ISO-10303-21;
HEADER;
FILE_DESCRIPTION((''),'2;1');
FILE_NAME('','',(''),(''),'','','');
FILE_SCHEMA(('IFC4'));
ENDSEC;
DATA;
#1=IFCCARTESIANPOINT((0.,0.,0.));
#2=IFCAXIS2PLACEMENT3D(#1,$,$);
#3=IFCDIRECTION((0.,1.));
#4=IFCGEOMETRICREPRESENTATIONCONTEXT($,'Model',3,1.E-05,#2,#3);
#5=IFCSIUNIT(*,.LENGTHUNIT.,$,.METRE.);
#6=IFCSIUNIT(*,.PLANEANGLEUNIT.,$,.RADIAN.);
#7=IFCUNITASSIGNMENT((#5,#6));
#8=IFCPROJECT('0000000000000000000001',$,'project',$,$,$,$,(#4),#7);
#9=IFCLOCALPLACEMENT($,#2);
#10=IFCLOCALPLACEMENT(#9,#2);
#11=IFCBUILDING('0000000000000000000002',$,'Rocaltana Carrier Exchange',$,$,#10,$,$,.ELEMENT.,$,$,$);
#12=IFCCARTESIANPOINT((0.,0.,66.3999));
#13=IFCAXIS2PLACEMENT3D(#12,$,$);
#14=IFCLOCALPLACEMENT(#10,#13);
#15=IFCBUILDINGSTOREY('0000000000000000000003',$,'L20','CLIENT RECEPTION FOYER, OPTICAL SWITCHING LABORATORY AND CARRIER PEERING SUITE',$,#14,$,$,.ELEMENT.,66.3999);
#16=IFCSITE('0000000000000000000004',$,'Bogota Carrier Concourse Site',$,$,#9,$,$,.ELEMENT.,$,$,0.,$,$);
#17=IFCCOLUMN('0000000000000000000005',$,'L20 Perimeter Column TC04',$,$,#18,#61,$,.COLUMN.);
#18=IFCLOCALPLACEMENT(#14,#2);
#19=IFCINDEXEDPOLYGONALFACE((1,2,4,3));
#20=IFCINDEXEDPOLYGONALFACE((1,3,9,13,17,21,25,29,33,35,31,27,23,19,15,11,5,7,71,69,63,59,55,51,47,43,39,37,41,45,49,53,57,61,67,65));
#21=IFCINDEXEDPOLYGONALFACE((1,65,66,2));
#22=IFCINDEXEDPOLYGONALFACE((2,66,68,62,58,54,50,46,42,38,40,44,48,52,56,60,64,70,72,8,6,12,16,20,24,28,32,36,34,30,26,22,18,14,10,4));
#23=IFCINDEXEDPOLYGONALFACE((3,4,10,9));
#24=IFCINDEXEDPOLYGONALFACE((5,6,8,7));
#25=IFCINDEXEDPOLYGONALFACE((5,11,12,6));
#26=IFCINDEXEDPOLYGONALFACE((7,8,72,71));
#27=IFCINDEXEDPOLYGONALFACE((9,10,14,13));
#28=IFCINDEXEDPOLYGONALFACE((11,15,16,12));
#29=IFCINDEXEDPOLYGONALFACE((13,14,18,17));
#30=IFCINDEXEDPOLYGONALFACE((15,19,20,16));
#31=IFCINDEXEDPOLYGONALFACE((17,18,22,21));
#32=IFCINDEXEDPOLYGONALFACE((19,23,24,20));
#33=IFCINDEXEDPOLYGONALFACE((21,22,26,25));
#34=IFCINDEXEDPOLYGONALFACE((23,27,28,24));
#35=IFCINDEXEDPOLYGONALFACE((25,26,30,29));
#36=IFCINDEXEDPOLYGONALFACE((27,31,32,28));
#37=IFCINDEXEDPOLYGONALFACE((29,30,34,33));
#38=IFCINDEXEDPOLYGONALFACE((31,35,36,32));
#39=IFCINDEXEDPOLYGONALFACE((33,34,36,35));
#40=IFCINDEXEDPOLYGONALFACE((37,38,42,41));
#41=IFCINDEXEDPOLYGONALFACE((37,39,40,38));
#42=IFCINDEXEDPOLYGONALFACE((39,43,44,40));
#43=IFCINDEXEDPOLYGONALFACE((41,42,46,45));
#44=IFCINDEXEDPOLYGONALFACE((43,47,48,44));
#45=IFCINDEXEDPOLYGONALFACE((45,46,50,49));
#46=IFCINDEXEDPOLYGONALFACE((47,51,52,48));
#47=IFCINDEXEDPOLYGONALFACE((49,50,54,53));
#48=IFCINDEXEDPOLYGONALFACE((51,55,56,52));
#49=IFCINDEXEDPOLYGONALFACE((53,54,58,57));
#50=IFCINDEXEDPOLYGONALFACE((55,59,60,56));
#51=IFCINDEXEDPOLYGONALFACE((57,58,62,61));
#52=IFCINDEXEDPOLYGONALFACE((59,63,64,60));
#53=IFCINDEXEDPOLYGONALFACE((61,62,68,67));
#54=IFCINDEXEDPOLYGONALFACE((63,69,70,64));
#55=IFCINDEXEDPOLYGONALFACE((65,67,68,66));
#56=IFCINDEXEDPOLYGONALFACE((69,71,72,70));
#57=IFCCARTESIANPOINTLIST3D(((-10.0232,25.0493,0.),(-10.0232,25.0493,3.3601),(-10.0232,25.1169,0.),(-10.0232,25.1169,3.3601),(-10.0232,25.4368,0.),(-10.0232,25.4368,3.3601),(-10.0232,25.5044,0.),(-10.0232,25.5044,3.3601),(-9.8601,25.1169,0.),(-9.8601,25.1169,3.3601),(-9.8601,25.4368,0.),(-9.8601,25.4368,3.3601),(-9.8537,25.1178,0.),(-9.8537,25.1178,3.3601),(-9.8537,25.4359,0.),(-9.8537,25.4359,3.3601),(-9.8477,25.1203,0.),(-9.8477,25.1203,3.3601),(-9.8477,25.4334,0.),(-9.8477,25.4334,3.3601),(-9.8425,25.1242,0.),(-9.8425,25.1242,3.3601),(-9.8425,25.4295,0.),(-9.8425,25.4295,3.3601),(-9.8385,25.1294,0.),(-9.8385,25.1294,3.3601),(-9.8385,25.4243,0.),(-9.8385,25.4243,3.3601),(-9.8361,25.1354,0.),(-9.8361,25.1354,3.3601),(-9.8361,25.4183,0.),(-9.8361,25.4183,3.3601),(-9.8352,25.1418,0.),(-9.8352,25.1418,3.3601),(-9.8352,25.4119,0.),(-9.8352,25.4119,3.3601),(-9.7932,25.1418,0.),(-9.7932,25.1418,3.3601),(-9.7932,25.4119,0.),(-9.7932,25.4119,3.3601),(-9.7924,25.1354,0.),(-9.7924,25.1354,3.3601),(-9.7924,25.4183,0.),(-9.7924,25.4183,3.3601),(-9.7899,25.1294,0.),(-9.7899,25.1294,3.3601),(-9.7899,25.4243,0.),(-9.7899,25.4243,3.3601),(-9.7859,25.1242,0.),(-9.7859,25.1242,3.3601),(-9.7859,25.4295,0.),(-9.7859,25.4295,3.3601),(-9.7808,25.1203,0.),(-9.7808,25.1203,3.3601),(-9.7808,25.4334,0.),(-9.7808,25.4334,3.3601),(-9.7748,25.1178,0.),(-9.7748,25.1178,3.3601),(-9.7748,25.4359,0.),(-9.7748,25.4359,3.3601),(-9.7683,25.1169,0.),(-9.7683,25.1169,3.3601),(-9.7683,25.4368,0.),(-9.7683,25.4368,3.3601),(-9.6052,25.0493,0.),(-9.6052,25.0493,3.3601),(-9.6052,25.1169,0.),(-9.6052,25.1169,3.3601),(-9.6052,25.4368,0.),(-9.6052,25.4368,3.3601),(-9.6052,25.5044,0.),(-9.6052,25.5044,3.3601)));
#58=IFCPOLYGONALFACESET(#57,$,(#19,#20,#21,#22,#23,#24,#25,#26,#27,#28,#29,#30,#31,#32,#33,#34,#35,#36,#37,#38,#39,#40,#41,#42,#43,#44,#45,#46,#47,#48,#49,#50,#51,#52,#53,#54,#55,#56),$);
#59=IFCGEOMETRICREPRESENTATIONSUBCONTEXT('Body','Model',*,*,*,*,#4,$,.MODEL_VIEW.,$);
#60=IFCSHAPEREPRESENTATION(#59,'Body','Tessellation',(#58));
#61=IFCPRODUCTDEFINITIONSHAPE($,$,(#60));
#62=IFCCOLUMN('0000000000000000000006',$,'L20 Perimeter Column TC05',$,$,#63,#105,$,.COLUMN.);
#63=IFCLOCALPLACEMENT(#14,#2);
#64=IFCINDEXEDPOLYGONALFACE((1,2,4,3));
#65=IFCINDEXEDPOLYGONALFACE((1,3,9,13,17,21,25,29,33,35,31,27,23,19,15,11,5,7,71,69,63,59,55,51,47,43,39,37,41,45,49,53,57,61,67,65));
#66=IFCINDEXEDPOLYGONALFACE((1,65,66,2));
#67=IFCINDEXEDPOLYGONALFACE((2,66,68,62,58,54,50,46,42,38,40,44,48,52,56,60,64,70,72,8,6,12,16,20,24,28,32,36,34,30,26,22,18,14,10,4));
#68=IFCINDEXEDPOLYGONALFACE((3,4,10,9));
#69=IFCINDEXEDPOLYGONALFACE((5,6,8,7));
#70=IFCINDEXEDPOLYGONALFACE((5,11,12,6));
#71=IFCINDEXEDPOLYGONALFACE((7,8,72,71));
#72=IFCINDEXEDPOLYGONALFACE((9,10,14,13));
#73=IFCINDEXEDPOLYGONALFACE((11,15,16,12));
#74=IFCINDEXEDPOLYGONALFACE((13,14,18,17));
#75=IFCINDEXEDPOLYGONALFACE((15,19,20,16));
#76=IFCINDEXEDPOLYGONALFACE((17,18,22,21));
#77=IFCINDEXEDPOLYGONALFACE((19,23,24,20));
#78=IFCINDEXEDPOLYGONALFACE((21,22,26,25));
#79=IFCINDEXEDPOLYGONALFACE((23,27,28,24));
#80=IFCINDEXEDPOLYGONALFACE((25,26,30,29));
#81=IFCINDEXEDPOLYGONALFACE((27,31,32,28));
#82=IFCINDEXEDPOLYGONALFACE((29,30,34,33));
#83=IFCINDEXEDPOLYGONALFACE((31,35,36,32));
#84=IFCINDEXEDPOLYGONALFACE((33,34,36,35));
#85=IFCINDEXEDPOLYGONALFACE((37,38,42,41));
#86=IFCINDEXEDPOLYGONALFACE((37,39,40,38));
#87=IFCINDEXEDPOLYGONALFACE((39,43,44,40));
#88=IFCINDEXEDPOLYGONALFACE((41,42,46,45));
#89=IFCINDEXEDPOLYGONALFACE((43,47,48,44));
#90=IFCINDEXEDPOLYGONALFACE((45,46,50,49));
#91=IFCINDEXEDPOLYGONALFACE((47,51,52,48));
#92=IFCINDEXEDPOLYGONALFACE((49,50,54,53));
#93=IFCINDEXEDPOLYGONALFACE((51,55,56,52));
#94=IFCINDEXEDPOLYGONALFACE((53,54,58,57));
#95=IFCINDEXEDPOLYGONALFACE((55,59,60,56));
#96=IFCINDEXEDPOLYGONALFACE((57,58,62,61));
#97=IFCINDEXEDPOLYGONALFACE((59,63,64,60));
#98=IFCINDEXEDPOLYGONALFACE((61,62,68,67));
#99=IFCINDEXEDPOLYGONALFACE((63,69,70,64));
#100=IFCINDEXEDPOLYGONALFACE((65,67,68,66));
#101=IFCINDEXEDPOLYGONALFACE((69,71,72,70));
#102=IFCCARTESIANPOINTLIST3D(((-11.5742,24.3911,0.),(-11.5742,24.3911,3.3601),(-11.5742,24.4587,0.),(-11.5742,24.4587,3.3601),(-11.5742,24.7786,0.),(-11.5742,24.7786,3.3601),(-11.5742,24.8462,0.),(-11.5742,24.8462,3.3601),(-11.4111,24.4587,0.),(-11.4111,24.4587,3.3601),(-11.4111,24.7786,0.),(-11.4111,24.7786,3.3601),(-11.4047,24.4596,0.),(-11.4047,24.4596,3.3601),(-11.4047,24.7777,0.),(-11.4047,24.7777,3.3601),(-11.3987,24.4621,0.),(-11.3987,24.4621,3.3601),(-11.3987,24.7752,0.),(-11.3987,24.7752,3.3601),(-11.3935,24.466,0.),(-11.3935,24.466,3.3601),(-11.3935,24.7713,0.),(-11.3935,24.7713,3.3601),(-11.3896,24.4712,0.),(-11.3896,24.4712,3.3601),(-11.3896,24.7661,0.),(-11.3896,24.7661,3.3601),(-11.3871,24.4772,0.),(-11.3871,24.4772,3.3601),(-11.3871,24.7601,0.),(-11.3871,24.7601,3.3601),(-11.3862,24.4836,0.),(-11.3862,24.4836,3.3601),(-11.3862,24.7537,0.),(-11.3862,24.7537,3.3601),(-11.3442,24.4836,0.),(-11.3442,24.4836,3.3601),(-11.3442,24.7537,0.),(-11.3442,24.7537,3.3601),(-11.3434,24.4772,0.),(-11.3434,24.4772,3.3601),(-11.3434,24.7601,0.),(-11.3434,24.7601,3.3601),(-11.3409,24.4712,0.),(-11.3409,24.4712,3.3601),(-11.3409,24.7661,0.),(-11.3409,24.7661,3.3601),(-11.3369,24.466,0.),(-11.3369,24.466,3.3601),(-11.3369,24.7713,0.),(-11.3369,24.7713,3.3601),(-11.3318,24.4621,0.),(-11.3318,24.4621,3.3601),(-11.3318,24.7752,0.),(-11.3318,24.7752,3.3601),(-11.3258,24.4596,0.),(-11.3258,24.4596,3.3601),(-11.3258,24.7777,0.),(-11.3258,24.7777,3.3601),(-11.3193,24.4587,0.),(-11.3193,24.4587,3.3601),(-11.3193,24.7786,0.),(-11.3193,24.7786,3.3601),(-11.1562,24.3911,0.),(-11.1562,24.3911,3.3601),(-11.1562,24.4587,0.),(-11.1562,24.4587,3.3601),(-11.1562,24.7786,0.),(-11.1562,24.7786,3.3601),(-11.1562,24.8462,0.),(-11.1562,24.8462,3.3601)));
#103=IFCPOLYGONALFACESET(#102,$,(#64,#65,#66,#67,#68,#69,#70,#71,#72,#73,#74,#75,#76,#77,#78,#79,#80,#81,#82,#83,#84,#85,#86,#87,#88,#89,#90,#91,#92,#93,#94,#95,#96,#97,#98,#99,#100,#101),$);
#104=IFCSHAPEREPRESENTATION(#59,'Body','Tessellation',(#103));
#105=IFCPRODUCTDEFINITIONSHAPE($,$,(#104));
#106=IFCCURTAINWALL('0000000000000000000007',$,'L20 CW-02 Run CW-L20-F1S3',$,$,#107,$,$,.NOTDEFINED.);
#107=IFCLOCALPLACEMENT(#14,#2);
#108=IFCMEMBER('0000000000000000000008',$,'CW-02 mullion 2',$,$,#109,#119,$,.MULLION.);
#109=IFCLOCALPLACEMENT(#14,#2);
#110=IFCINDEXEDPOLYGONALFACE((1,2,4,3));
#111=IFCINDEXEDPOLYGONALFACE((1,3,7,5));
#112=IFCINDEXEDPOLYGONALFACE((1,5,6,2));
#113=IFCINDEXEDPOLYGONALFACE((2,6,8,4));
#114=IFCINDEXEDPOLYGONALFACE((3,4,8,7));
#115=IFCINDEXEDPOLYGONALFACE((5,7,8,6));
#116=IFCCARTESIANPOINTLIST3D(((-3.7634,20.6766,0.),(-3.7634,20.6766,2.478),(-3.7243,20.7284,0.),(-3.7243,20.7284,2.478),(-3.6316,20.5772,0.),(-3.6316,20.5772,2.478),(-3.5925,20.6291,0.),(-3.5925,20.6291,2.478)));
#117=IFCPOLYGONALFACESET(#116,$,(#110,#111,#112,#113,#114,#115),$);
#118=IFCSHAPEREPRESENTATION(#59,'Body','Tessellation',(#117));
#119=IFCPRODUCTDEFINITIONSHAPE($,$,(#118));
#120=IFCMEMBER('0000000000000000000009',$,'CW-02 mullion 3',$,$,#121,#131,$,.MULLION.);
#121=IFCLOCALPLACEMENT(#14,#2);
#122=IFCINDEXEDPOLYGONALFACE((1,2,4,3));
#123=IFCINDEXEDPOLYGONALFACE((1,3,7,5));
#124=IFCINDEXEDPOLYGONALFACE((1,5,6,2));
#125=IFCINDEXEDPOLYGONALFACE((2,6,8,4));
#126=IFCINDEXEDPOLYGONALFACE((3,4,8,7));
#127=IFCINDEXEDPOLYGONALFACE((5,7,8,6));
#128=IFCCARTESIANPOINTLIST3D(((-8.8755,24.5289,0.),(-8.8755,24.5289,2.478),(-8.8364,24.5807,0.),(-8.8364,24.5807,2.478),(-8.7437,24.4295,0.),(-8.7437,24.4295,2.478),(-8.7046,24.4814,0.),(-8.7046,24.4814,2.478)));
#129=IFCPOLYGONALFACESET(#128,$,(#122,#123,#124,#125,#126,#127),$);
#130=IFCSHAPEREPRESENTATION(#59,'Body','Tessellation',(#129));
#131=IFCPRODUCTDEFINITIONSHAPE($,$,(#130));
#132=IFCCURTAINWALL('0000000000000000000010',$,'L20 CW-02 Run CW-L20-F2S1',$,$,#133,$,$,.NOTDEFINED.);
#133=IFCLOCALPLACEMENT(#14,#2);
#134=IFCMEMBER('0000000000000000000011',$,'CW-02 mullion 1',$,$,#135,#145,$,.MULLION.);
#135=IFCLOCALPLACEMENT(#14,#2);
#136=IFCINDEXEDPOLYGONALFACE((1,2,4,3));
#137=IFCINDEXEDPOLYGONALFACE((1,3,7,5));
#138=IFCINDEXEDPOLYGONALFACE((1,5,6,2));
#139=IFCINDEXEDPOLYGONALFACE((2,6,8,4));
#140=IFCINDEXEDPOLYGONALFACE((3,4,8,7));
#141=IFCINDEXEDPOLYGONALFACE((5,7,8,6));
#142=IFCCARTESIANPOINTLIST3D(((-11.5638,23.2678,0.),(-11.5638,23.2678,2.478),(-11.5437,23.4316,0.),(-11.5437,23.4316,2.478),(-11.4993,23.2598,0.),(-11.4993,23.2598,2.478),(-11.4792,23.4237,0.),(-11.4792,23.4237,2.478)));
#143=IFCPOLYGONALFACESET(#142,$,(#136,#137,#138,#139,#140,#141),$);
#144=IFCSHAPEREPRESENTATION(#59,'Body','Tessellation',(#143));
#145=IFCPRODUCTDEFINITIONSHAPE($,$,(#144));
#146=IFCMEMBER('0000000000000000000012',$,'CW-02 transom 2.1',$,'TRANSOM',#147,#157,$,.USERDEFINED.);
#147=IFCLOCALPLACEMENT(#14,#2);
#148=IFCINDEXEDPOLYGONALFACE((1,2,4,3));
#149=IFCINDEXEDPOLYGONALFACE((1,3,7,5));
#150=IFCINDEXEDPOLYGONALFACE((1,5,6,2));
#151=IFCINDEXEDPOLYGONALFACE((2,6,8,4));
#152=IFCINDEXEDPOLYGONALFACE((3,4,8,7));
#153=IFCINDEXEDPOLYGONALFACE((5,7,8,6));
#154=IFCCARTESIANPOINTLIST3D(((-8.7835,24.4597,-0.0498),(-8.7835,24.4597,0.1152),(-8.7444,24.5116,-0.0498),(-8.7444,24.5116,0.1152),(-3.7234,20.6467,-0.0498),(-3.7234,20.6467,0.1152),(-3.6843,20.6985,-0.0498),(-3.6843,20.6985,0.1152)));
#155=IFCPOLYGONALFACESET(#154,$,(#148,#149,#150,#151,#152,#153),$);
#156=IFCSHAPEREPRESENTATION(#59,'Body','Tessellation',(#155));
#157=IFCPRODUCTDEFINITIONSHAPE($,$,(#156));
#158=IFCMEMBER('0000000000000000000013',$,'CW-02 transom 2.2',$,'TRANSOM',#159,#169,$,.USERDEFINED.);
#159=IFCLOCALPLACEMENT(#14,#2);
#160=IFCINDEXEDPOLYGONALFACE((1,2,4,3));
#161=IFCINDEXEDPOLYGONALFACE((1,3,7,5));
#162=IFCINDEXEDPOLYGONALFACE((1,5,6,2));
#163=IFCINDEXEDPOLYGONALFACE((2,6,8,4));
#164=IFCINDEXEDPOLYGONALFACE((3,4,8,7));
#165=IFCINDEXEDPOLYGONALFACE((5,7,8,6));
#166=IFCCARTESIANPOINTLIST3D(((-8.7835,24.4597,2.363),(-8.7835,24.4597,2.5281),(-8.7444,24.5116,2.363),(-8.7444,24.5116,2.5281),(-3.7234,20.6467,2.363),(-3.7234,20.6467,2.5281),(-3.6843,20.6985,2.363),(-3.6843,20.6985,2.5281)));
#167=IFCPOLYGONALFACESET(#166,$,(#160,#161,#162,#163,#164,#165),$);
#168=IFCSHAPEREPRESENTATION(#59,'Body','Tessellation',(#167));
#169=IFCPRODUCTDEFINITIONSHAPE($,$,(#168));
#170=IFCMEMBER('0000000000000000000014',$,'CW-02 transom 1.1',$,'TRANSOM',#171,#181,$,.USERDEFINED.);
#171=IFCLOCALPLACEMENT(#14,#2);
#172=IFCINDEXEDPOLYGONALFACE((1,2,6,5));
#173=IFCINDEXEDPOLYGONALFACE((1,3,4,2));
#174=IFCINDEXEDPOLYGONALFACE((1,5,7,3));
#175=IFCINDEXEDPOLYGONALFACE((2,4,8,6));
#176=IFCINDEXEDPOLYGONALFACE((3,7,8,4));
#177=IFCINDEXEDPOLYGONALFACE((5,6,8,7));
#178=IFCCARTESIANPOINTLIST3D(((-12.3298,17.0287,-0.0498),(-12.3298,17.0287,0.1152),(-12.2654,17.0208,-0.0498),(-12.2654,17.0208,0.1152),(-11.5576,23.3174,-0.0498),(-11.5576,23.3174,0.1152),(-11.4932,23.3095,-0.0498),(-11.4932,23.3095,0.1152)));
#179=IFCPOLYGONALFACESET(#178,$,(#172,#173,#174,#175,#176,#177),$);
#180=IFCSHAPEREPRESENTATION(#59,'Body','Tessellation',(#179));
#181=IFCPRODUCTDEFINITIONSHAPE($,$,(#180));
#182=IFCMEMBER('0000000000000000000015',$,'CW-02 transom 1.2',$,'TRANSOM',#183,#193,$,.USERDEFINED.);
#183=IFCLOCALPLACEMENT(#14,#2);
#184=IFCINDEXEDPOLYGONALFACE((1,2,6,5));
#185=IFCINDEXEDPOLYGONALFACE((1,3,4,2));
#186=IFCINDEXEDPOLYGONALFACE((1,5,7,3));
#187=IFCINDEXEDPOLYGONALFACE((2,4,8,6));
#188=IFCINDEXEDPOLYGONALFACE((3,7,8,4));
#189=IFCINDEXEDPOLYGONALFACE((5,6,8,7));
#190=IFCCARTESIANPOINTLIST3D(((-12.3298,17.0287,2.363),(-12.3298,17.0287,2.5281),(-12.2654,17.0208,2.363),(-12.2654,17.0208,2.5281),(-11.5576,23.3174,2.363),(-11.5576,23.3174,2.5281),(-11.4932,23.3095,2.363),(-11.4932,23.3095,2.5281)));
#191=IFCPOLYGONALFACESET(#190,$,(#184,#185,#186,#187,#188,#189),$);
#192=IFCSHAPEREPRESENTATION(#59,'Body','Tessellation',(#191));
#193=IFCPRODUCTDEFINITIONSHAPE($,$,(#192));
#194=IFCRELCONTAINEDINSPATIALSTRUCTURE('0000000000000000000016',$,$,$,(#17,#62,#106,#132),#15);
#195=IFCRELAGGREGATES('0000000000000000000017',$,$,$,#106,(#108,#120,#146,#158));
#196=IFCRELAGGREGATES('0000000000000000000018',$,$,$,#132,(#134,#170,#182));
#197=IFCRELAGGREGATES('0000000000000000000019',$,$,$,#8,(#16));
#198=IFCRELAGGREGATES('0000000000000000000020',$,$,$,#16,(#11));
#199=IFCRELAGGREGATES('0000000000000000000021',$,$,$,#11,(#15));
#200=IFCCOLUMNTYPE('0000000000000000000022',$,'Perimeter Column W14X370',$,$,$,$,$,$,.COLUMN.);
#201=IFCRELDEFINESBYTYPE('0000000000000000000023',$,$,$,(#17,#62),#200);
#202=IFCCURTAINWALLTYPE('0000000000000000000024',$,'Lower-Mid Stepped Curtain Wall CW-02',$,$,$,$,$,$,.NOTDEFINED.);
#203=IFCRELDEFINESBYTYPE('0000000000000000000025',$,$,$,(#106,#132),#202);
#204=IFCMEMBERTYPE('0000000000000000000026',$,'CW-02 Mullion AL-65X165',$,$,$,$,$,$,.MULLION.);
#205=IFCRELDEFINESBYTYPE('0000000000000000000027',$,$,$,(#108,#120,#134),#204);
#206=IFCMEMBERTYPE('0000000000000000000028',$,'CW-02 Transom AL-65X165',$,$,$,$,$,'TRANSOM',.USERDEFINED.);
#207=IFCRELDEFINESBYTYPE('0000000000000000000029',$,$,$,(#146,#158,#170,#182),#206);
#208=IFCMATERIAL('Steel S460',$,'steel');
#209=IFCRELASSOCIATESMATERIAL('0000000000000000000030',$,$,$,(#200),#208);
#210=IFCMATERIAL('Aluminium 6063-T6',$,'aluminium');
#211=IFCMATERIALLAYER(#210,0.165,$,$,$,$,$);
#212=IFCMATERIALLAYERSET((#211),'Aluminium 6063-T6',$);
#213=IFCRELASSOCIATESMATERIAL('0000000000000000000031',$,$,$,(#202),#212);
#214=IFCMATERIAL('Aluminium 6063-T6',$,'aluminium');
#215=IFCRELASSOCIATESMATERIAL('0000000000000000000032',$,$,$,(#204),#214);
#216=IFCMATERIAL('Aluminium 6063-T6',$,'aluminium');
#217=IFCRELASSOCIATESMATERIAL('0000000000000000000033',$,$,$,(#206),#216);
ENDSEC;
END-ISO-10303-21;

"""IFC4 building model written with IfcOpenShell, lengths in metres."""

from ifc_helpers import new_model, si_unit, direction, frame, origin, origin_2d, place, context, subcontext, project, spatial, rectangle, i_section, extrude, material, layer, layer_set, material_profile, profile_set, type_object, element, aggregate, save


model = new_model("IFC4")

# Units and contexts
model_context = context("Model", 3, precision=1e-05, world=origin(), true_north=direction((0.0, 1.0)))
body_context = subcontext(model_context, "Body", "Model", "MODEL_VIEW")
ifc_project = project(units=[si_unit("LENGTHUNIT", "METRE"), si_unit("PLANEANGLEUNIT", "RADIAN")], contexts=[model_context])

# Site, building, storey
site_placement = place(None, origin())
site = spatial("IfcSite", under=ifc_project, at=site_placement, Name="Bogota Carrier Concourse Site", CompositionType="ELEMENT", RefElevation=0.0)
building_placement = place(site_placement, origin())
building = spatial("IfcBuilding", under=site, at=building_placement, Name="Rocaltana Carrier Exchange", CompositionType="ELEMENT")
storey_placement = place(building_placement, frame((0.0, 0.0, 66.3999)))
storey = spatial("IfcBuildingStorey", under=building, at=storey_placement, Name="L20", Description="CLIENT RECEPTION FOYER, OPTICAL SWITCHING LABORATORY AND CARRIER PEERING SUITE", CompositionType="ELEMENT", Elevation=66.3999)

# Columns
ifc_material_1 = material(Name="Steel S460", Category="steel")
ifc_material_profile_1 = material_profile(ifc_material_1, i_section(OverallWidth=0.418, OverallDepth=0.4551, WebThickness=0.042, FlangeThickness=0.0676, FilletRadius=0.0249, at=origin_2d()), Name="W14X370")
ifc_profile_set_1 = profile_set([ifc_material_profile_1], Name="Steel S460")
column_type = type_object("IfcColumnType", Name="Perimeter Column W14X370", PredefinedType="COLUMN", material=ifc_profile_set_1)
for number, where, z_axis, x_axis, name in (
    (1, (-9.8142, 25.2769, 0.0), (0.0, 0.0, 1.0), (1.0, 0.0, 0.0), "L20 Perimeter Column TC04"),
    (2, (-11.3652, 24.6187, 0.0), (0.0, 0.0, 1.0), (1.0, 0.0, 0.0), "L20 Perimeter Column TC05"),
):
    element("IfcColumn", number, at=place(storey_placement, frame(where, z_axis=z_axis, x_axis=x_axis)), inside=storey, type_object=column_type, Name=name, PredefinedType="COLUMN", context=body_context, shape_type="SweptSolid", body=[
        extrude(i_section(OverallWidth=0.418, OverallDepth=0.4551, WebThickness=0.042, FlangeThickness=0.0676, FilletRadius=0.0249, at=origin_2d()), origin(), (0.0, 0.0, 1.0), 3.3601),
    ])

# Curtain wall, members
ifc_material_2 = material(Name="Aluminium 6063-T6", Category="aluminium")
ifc_layer_1 = layer(ifc_material_2, 0.165)
ifc_layer_set_1 = layer_set([ifc_layer_1], Name="Aluminium 6063-T6")
curtain_wall_type = type_object("IfcCurtainWallType", Name="Lower-Mid Stepped Curtain Wall CW-02", PredefinedType="NOTDEFINED", material=ifc_layer_set_1)
curtain_wall_1_placement = place(storey_placement, origin())
curtain_wall_1 = element("IfcCurtainWall", 3, at=curtain_wall_1_placement, inside=storey, type_object=curtain_wall_type, Name="L20 CW-02 Run CW-L20-F1S3", PredefinedType="NOTDEFINED")
ifc_material_3 = material(Name="Aluminium 6063-T6", Category="aluminium")
ifc_material_profile_2 = material_profile(ifc_material_3, rectangle(XDim=0.0649, YDim=0.165, at=origin_2d()), Name="AL-65X165")
ifc_profile_set_2 = profile_set([ifc_material_profile_2], Name="Aluminium 6063-T6")
member_type_1 = type_object("IfcMemberType", Name="CW-02 Mullion AL-65X165", PredefinedType="MULLION", material=ifc_profile_set_2)
member_1_placement = place(storey_placement, frame((-3.678, 20.6528, 0.0), z_axis=(0.0, 0.0, 1.0), x_axis=(-0.601812, -0.798638, 0.0)))
member_1 = element("IfcMember", 4, at=member_1_placement, type_object=member_type_1, Name="CW-02 mullion 2", PredefinedType="MULLION", context=body_context, shape_type="SweptSolid", body=[
    extrude(rectangle(XDim=0.0649, YDim=0.165, at=origin_2d()), origin(), (0.0, 0.0, 1.0), 2.478),
])
member_2_placement = place(storey_placement, frame((-8.79, 24.5051, 0.0), z_axis=(0.0, 0.0, 1.0), x_axis=(-0.601812, -0.798638, 0.0)))
member_2 = element("IfcMember", 5, at=member_2_placement, type_object=member_type_1, Name="CW-02 mullion 3", PredefinedType="MULLION", context=body_context, shape_type="SweptSolid", body=[
    extrude(rectangle(XDim=0.0649, YDim=0.165, at=origin_2d()), origin(), (0.0, 0.0, 1.0), 2.478),
])

# Curtain wall, member
curtain_wall_2_placement = place(storey_placement, origin())
curtain_wall_2 = element("IfcCurtainWall", 6, at=curtain_wall_2_placement, inside=storey, type_object=curtain_wall_type, Name="L20 CW-02 Run CW-L20-F2S1", PredefinedType="NOTDEFINED")
member_3_placement = place(storey_placement, frame((-11.5215, 23.3457, 0.0), z_axis=(0.0, 0.0, 1.0), x_axis=(0.992546, -0.121873, 0.0)))
member_3 = element("IfcMember", 7, at=member_3_placement, type_object=member_type_1, Name="CW-02 mullion 1", PredefinedType="MULLION", context=body_context, shape_type="SweptSolid", body=[
    extrude(rectangle(XDim=0.0649, YDim=0.165, at=origin_2d()), origin(), (0.0, 0.0, 1.0), 2.478),
])

# Members
ifc_material_4 = material(Name="Aluminium 6063-T6", Category="aluminium")
ifc_material_profile_3 = material_profile(ifc_material_4, rectangle(XDim=0.0649, YDim=0.165, at=origin_2d()), Name="AL-65X165")
ifc_profile_set_3 = profile_set([ifc_material_profile_3], Name="Aluminium 6063-T6")
member_type_2 = type_object("IfcMemberType", Name="CW-02 Transom AL-65X165", ElementType="TRANSOM", PredefinedType="USERDEFINED", material=ifc_profile_set_3)
member_4_placement = place(storey_placement, frame((-3.7039, 20.6726, 0.0327), z_axis=(-0.798638, 0.601811, 0.0), x_axis=(-0.601811, -0.798638, 0.0)))
member_4 = element("IfcMember", 8, at=member_4_placement, type_object=member_type_2, Name="CW-02 transom 2.1", ObjectType="TRANSOM", PredefinedType="USERDEFINED", context=body_context, shape_type="SweptSolid", body=[
    extrude(rectangle(XDim=0.0649, YDim=0.165, at=origin_2d()), origin(), (0.0, 0.0, 1.0), 6.3359),
])
member_5_placement = place(storey_placement, frame((-3.7039, 20.6726, 2.4456), z_axis=(-0.798638, 0.601811, 0.0), x_axis=(-0.601811, -0.798638, 0.0)))
member_5 = element("IfcMember", 9, at=member_5_placement, type_object=member_type_2, Name="CW-02 transom 2.2", ObjectType="TRANSOM", PredefinedType="USERDEFINED", context=body_context, shape_type="SweptSolid", body=[
    extrude(rectangle(XDim=0.0649, YDim=0.165, at=origin_2d()), origin(), (0.0, 0.0, 1.0), 6.3359),
])
member_6_placement = place(storey_placement, frame((-11.5254, 23.3135, 0.0327), z_axis=(-0.121877, -0.992545, 0.0), x_axis=(0.992545, -0.121877, 0.0)))
member_6 = element("IfcMember", 10, at=member_6_placement, type_object=member_type_2, Name="CW-02 transom 1.1", ObjectType="TRANSOM", PredefinedType="USERDEFINED", context=body_context, shape_type="SweptSolid", body=[
    extrude(rectangle(XDim=0.0649, YDim=0.165, at=origin_2d()), origin(), (0.0, 0.0, 1.0), 6.3359),
])
member_7_placement = place(storey_placement, frame((-11.5254, 23.3135, 2.4456), z_axis=(-0.121877, -0.992545, 0.0), x_axis=(0.992545, -0.121877, 0.0)))
member_7 = element("IfcMember", 11, at=member_7_placement, type_object=member_type_2, Name="CW-02 transom 1.2", ObjectType="TRANSOM", PredefinedType="USERDEFINED", context=body_context, shape_type="SweptSolid", body=[
    extrude(rectangle(XDim=0.0649, YDim=0.165, at=origin_2d()), origin(), (0.0, 0.0, 1.0), 6.3359),
])

aggregate(curtain_wall_1, [member_1, member_2, member_4, member_5])
aggregate(curtain_wall_2, [member_3, member_6, member_7])

save(model, "model.ifc")
